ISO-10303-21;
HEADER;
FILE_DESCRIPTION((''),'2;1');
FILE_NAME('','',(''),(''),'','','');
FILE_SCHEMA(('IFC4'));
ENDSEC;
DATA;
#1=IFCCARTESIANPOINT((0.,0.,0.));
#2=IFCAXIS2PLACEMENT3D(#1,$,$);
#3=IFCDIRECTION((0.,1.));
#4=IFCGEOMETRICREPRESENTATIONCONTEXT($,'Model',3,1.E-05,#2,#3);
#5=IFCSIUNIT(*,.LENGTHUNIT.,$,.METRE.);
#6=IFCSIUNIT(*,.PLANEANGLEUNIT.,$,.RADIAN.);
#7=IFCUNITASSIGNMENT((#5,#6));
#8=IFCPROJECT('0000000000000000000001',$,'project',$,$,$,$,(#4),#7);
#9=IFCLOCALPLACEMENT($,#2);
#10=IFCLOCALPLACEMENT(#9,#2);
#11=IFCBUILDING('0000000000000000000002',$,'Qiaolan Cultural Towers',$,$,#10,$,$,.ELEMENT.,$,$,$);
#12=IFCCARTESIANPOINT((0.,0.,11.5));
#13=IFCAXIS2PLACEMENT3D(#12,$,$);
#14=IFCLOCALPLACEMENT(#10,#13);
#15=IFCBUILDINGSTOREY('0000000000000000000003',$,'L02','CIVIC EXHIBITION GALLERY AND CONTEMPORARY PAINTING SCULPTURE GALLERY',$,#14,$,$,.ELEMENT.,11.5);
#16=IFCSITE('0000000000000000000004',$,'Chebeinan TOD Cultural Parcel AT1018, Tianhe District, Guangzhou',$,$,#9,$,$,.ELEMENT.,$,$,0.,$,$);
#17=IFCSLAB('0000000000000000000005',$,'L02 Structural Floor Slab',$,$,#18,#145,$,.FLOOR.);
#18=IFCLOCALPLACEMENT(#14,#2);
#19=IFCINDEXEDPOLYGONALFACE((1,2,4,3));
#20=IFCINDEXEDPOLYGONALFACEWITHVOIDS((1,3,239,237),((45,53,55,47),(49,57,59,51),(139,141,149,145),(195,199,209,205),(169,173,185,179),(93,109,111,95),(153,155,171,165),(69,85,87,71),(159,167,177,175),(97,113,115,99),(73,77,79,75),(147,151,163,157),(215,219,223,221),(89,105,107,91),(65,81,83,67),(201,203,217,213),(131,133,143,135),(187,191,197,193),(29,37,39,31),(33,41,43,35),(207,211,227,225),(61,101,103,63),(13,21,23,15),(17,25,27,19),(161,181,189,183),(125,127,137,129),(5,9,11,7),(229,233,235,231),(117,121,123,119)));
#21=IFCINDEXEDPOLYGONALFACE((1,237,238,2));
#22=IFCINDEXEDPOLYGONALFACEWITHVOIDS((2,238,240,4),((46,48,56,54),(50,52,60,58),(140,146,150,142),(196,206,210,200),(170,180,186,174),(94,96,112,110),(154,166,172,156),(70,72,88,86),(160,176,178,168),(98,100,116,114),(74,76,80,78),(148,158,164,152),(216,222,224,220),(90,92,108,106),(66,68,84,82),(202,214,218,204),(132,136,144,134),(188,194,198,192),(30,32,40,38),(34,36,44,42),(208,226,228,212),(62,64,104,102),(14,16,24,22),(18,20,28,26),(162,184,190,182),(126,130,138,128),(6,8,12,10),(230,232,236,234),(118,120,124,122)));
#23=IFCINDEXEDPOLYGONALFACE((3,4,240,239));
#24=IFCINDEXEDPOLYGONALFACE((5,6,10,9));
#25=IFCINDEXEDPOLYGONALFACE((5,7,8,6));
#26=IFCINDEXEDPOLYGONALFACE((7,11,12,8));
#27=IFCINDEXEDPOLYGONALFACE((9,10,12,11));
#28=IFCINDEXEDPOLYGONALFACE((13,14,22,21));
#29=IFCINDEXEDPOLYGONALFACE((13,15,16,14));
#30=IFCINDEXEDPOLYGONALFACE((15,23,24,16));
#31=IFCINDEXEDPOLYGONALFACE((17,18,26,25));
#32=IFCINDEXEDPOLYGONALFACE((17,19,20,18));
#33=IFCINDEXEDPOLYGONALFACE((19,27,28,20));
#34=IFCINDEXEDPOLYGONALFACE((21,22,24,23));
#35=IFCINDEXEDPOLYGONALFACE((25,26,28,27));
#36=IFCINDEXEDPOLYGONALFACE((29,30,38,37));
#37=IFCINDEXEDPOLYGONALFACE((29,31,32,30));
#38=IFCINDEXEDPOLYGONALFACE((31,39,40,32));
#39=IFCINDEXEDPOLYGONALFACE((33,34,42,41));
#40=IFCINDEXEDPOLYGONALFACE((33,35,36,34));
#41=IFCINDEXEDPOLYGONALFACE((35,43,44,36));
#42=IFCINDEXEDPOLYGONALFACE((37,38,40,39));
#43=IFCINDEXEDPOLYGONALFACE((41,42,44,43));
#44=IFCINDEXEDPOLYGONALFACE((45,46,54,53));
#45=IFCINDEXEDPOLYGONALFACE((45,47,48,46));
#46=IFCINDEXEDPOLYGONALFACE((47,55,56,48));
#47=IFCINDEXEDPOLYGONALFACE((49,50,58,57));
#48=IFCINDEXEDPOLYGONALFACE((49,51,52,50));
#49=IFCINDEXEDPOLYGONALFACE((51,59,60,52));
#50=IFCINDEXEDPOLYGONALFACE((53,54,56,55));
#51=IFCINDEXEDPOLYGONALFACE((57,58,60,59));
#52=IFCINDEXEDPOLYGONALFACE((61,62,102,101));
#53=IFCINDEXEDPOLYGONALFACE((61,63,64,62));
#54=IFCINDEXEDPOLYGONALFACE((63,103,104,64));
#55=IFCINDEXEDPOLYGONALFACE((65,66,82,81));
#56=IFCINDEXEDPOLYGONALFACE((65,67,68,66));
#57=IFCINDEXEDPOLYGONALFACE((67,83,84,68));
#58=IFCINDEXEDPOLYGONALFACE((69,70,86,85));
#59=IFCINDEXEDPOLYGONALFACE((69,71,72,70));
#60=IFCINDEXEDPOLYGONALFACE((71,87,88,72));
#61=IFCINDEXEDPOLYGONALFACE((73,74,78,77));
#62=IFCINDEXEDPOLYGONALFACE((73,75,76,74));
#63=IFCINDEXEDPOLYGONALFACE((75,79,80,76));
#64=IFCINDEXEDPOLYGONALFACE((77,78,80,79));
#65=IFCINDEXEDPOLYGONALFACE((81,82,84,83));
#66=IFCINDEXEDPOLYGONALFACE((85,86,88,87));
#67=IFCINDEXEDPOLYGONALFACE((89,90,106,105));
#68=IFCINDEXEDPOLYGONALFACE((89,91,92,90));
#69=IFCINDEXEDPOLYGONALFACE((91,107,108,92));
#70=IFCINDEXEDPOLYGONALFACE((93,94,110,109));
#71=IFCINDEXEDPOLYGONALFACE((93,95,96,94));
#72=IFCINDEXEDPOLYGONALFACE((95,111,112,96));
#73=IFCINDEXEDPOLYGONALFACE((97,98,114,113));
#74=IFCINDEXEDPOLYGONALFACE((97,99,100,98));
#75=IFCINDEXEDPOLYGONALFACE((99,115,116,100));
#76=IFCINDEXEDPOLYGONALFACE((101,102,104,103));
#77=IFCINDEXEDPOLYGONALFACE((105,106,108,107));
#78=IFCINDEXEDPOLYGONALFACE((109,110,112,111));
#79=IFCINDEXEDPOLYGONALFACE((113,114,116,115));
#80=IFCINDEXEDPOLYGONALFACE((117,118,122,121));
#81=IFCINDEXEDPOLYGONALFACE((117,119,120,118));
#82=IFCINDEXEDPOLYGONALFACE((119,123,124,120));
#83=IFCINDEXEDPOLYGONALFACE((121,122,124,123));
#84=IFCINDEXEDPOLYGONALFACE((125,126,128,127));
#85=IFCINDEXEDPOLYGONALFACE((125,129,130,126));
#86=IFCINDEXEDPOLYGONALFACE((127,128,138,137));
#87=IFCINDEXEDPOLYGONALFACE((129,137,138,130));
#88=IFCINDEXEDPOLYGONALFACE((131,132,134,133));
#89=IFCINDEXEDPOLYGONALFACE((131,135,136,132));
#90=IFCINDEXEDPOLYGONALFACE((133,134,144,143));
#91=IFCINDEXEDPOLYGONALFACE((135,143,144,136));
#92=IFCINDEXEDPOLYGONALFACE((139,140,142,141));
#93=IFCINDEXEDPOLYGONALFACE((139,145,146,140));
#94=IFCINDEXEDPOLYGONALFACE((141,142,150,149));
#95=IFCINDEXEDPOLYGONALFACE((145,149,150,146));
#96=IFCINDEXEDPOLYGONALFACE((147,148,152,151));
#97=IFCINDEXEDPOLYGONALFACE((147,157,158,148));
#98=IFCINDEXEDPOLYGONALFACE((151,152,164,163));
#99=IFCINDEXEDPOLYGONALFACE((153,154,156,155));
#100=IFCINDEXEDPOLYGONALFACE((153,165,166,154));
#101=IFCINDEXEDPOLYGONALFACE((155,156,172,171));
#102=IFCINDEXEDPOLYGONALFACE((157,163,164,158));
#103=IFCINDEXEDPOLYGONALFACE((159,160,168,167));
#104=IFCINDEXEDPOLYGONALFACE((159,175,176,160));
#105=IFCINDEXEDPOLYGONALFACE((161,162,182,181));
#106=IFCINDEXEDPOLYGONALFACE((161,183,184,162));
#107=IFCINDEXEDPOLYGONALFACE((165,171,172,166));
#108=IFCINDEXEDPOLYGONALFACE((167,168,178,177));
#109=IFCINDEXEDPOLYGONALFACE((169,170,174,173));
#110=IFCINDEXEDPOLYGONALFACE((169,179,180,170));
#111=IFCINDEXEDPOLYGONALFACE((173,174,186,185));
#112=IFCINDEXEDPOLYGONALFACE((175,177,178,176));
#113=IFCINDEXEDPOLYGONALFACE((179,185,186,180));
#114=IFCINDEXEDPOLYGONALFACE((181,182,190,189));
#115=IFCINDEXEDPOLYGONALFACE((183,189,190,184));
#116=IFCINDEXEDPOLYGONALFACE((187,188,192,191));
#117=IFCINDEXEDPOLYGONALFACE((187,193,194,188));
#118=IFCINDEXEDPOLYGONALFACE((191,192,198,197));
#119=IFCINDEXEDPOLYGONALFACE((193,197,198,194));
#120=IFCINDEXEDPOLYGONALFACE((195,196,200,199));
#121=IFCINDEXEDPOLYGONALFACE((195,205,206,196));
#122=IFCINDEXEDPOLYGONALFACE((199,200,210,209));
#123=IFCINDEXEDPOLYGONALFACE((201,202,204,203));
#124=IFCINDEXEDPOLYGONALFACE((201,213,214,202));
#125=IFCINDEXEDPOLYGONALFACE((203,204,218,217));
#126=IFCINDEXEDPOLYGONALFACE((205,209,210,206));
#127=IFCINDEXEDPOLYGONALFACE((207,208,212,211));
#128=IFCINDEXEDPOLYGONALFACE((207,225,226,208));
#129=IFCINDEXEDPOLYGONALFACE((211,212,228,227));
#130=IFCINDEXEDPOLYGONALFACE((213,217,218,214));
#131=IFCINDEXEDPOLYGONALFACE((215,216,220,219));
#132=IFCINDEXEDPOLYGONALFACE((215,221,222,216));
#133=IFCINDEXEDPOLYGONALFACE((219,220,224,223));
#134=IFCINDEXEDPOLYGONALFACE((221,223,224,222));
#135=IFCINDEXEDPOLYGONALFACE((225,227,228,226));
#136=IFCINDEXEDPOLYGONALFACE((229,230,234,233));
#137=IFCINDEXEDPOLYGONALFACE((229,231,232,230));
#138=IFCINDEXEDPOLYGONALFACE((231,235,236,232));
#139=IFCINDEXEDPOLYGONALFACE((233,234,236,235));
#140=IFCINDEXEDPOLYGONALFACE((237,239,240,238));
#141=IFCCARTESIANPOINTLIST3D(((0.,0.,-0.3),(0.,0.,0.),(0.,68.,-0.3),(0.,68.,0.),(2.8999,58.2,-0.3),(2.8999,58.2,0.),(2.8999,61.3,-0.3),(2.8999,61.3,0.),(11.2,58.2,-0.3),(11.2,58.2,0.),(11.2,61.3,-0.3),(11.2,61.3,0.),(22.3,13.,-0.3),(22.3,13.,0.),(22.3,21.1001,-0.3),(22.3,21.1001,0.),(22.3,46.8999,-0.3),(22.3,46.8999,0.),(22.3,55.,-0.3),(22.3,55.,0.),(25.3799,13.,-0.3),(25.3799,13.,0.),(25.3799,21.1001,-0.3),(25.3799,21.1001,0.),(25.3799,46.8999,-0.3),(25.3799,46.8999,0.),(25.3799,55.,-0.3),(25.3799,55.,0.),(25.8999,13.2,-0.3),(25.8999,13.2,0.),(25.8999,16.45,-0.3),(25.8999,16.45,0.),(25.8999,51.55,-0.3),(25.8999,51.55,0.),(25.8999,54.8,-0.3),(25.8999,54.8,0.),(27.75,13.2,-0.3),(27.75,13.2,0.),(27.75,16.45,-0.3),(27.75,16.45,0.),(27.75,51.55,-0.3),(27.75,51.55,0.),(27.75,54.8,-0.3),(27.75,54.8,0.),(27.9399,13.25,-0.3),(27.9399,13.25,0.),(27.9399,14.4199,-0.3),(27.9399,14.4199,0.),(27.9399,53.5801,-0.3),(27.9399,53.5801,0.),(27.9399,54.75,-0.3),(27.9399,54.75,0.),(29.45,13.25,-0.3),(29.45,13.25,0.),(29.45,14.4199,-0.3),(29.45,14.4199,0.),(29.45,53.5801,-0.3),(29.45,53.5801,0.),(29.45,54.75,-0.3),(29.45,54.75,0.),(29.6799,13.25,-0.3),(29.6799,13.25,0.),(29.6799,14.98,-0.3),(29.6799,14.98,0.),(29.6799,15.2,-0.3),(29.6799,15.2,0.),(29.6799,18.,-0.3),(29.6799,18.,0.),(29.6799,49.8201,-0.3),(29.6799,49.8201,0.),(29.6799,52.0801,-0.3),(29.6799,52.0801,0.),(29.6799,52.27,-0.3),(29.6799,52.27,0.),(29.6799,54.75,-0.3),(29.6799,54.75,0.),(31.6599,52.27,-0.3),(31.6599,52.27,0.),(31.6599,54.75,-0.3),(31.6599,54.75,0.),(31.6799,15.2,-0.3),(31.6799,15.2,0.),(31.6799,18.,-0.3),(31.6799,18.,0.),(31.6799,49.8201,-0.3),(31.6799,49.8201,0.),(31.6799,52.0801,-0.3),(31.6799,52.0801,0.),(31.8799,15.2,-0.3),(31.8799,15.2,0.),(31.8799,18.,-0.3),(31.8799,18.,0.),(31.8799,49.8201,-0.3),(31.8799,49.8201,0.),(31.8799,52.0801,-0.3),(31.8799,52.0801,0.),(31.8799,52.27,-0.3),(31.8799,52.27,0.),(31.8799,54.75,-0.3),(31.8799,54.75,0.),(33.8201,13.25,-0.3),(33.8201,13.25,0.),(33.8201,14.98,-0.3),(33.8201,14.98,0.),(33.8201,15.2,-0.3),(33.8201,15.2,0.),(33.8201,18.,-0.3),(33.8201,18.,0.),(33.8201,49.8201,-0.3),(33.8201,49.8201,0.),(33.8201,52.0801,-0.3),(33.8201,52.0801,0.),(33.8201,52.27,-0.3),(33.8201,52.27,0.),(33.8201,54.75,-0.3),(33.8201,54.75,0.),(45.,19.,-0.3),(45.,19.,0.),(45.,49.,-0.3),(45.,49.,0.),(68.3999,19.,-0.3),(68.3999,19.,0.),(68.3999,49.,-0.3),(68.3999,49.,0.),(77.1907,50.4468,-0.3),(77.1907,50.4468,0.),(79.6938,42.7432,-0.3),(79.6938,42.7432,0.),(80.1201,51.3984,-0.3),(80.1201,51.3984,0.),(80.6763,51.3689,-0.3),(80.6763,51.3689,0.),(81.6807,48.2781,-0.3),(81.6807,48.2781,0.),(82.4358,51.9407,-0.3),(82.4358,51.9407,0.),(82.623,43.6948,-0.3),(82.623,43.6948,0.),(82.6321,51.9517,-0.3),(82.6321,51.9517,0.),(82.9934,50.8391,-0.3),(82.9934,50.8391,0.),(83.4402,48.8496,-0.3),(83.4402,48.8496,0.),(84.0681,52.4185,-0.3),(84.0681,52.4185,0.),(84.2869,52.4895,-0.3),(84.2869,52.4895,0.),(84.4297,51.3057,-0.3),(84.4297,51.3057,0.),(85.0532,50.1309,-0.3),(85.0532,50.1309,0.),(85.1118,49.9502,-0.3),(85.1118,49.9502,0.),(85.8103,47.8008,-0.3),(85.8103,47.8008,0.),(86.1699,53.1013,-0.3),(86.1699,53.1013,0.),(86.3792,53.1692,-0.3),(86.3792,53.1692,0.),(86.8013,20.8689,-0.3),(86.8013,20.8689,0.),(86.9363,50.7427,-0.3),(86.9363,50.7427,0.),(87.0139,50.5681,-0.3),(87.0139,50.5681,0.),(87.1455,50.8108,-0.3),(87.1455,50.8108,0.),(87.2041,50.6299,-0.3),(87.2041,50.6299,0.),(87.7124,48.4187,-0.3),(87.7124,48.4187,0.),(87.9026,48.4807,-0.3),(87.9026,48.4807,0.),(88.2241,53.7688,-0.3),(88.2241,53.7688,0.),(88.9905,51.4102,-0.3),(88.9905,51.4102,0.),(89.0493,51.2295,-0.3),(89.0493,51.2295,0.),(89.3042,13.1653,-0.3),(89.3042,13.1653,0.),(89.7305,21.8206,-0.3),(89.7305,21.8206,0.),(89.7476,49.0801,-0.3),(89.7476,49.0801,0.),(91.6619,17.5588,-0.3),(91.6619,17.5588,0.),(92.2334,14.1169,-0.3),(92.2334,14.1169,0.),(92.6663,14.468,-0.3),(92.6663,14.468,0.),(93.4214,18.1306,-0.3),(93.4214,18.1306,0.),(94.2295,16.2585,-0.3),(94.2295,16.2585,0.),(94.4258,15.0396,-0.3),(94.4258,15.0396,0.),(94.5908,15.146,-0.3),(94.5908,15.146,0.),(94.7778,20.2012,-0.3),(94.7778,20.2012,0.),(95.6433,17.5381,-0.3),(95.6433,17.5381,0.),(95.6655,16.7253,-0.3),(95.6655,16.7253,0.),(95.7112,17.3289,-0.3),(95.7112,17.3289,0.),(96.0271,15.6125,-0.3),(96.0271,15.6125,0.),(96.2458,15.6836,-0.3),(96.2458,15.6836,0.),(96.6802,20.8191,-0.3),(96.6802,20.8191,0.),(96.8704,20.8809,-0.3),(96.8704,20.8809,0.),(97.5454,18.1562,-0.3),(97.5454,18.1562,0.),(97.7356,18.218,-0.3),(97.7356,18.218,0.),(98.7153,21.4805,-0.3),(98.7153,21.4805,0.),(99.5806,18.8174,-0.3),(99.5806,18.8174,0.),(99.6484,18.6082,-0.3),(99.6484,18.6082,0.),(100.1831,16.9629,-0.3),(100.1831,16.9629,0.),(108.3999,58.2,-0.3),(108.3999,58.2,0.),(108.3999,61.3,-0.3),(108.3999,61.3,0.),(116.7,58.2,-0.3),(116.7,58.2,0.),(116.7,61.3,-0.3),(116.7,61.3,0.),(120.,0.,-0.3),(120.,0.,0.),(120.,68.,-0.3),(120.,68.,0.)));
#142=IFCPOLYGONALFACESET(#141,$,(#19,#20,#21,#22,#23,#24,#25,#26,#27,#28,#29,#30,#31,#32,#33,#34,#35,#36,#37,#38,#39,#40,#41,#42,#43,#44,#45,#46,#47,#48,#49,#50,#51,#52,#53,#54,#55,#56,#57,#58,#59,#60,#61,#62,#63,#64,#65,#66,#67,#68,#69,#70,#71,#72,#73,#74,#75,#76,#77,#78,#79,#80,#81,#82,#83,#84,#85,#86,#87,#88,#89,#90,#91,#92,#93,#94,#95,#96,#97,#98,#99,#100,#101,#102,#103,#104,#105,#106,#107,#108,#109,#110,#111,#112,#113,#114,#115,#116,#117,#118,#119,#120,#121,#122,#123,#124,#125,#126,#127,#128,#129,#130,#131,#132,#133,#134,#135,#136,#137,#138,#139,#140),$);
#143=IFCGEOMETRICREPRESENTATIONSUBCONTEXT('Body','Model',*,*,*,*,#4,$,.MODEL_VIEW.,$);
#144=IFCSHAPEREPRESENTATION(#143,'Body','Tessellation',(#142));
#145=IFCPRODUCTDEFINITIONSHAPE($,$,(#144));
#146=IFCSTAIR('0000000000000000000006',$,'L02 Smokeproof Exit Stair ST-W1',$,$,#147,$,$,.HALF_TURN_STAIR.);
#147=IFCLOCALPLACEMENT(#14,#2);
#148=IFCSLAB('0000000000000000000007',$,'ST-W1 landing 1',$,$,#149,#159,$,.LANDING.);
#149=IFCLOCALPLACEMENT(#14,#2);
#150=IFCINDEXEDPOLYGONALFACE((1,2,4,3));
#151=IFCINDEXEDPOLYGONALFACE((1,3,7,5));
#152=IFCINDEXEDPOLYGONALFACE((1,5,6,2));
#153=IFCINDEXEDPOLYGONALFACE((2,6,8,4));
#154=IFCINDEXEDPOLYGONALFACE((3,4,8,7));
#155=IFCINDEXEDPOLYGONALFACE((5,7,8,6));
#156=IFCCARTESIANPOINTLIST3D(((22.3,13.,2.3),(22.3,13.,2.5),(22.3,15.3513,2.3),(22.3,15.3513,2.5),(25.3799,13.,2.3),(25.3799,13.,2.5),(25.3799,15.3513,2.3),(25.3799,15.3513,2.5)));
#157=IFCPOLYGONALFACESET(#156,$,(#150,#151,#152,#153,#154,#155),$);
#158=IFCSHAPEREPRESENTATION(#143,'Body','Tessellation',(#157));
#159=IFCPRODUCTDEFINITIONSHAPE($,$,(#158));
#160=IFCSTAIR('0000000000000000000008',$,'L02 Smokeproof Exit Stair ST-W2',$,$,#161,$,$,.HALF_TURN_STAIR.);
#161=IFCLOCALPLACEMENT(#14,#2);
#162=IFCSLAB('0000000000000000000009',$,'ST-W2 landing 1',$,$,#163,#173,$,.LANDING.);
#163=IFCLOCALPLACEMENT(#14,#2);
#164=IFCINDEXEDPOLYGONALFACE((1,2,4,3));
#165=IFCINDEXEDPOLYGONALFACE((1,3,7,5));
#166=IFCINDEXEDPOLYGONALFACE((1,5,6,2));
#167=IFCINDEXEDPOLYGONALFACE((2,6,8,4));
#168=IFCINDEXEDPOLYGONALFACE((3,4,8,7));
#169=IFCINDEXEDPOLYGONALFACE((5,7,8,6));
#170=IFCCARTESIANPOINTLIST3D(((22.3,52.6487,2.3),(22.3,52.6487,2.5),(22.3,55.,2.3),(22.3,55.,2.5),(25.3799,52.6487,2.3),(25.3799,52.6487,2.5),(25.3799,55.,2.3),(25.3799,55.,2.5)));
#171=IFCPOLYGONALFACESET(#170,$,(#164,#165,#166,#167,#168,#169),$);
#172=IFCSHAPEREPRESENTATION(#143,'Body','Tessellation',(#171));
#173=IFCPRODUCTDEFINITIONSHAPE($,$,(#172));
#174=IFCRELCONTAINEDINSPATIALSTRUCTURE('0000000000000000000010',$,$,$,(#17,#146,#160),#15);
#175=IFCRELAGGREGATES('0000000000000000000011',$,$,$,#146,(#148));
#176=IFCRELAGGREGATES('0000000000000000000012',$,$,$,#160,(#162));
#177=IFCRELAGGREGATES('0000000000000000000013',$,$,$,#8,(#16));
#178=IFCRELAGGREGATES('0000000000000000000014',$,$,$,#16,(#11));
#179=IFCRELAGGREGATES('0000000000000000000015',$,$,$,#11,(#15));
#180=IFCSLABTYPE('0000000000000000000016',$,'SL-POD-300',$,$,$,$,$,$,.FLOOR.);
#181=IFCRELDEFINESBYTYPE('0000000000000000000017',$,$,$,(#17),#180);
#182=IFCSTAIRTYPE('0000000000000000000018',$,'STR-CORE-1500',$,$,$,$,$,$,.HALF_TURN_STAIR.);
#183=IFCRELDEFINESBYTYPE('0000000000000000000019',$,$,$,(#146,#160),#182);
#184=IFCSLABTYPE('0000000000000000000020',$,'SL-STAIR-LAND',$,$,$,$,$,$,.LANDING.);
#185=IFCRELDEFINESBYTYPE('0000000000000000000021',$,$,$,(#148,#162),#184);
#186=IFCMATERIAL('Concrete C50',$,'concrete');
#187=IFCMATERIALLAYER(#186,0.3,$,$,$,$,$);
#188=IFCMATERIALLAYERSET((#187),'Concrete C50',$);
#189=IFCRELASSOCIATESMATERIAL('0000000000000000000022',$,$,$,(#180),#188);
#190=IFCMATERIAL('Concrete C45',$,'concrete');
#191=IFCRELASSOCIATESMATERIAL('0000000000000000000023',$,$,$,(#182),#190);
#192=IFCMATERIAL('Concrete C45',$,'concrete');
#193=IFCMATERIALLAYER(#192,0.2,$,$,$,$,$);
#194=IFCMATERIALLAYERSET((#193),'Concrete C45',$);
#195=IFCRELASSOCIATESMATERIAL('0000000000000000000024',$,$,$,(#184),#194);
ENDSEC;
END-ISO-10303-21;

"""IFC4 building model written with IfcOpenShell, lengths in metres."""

from ifc_helpers import new_model, si_unit, direction, frame, origin, place, context, subcontext, project, spatial, polyline, outline, extrude, material, layer, layer_set, type_object, element, aggregate, save


model = new_model("IFC4")

# Units and contexts
model_context = context("Model", 3, precision=1e-05, world=origin(), true_north=direction((0.0, 1.0)))
body_context = subcontext(model_context, "Body", "Model", "MODEL_VIEW")
ifc_project = project(units=[si_unit("LENGTHUNIT", "METRE"), si_unit("PLANEANGLEUNIT", "RADIAN")], contexts=[model_context])

# Site, building, storey
site_placement = place(None, origin())
site = spatial("IfcSite", under=ifc_project, at=site_placement, Name="Chebeinan TOD Cultural Parcel AT1018, Tianhe District, Guangzhou", CompositionType="ELEMENT", RefElevation=0.0)
building_placement = place(site_placement, origin())
building = spatial("IfcBuilding", under=site, at=building_placement, Name="Qiaolan Cultural Towers", CompositionType="ELEMENT")
storey_placement = place(building_placement, frame((0.0, 0.0, 11.5)))
storey = spatial("IfcBuildingStorey", under=building, at=storey_placement, Name="L02", Description="CIVIC EXHIBITION GALLERY AND CONTEMPORARY PAINTING SCULPTURE GALLERY", CompositionType="ELEMENT", Elevation=11.5)

# Slab
ifc_material_1 = material(Name="Concrete C50", Category="concrete")
ifc_layer_1 = layer(ifc_material_1, 0.3)
ifc_layer_set_1 = layer_set([ifc_layer_1], Name="Concrete C50")
slab_type_1 = type_object("IfcSlabType", Name="SL-POD-300", PredefinedType="FLOOR", material=ifc_layer_set_1)
slab_1_placement = place(storey_placement, frame((0.0, 0.0, -0.3)))
element("IfcSlab", 1, at=slab_1_placement, inside=storey, type_object=slab_type_1, Name="L02 Structural Floor Slab", PredefinedType="FLOOR", context=body_context, shape_type="SweptSolid", body=[
    extrude(outline(polyline([(0.0, 0.0), (120.0, 0.0), (120.0, 68.0), (0.0, 68.0), (0.0, 0.0)]), holes=[polyline([(22.3, 21.1001), (22.3, 13.0), (25.3799, 13.0), (25.3799, 21.1001), (22.3, 21.1001)]), polyline([(25.3799, 46.8999), (25.3799, 55.0), (22.3, 55.0), (22.3, 46.8999), (25.3799, 46.8999)]), polyline([(86.8013, 20.8689), (89.3042, 13.1653), (92.2334, 14.1169), (89.7305, 21.8206), (86.8013, 20.8689)]), polyline([(82.623, 43.6948), (80.1201, 51.3984), (77.1907, 50.4468), (79.6938, 42.7432), (82.623, 43.6948)]), polyline([(2.8999, 58.2), (11.2, 58.2), (11.2, 61.3), (2.8999, 61.3), (2.8999, 58.2)]), polyline([(108.3999, 58.2), (116.7, 58.2), (116.7, 61.3), (108.3999, 61.3), (108.3999, 58.2)]), polyline([(25.8999, 13.2), (27.75, 13.2), (27.75, 16.45), (25.8999, 16.45), (25.8999, 13.2)]), polyline([(27.9399, 13.25), (29.45, 13.25), (29.45, 14.4199), (27.9399, 14.4199), (27.9399, 13.25)]), polyline([(29.6799, 15.2), (31.6799, 15.2), (31.6799, 18.0), (29.6799, 18.0), (29.6799, 15.2)]), polyline([(31.8799, 15.2), (33.8201, 15.2), (33.8201, 18.0), (31.8799, 18.0), (31.8799, 15.2)]), polyline([(29.6799, 13.25), (33.8201, 13.25), (33.8201, 14.98), (29.6799, 14.98), (29.6799, 13.25)]), polyline([(25.8999, 51.55), (27.75, 51.55), (27.75, 54.8), (25.8999, 54.8), (25.8999, 51.55)]), polyline([(27.9399, 53.5801), (29.45, 53.5801), (29.45, 54.75), (27.9399, 54.75), (27.9399, 53.5801)]), polyline([(29.6799, 49.8201), (31.6799, 49.8201), (31.6799, 52.0801), (29.6799, 52.0801), (29.6799, 49.8201)]), polyline([(31.8799, 49.8201), (33.8201, 49.8201), (33.8201, 52.0801), (31.8799, 52.0801), (31.8799, 49.8201)]), polyline([(29.6799, 52.27), (31.6599, 52.27), (31.6599, 54.75), (29.6799, 54.75), (29.6799, 52.27)]), polyline([(31.8799, 52.27), (33.8201, 52.27), (33.8201, 54.75), (31.8799, 54.75), (31.8799, 52.27)]), polyline([(92.6663, 14.468), (94.4258, 15.0396), (93.4214, 18.1306), (91.6619, 17.5588), (92.6663, 14.468)]), polyline([(94.5908, 15.146), (96.0271, 15.6125), (95.6655, 16.7253), (94.2295, 16.2585), (94.5908, 15.146)]), polyline([(95.6433, 17.5381), (97.5454, 18.1562), (96.6802, 20.8191), (94.7778, 20.2012), (95.6433, 17.5381)]), polyline([(97.7356, 18.218), (99.5806, 18.8174), (98.7153, 21.4805), (96.8704, 20.8809), (97.7356, 18.218)]), polyline([(96.2458, 15.6836), (100.1831, 16.9629), (99.6484, 18.6082), (95.7112, 17.3289), (96.2458, 15.6836)]), polyline([(81.6807, 48.2781), (83.4402, 48.8496), (82.4358, 51.9407), (80.6763, 51.3689), (81.6807, 48.2781)]), polyline([(82.9934, 50.8391), (84.4297, 51.3057), (84.0681, 52.4185), (82.6321, 51.9517), (82.9934, 50.8391)]), polyline([(85.8103, 47.8008), (87.7124, 48.4187), (87.0139, 50.5681), (85.1118, 49.9502), (85.8103, 47.8008)]), polyline([(87.9026, 48.4807), (89.7476, 49.0801), (89.0493, 51.2295), (87.2041, 50.6299), (87.9026, 48.4807)]), polyline([(85.0532, 50.1309), (86.9363, 50.7427), (86.1699, 53.1013), (84.2869, 52.4895), (85.0532, 50.1309)]), polyline([(87.1455, 50.8108), (88.9905, 51.4102), (88.2241, 53.7688), (86.3792, 53.1692), (87.1455, 50.8108)]), polyline([(45.0, 19.0), (68.3999, 19.0), (68.3999, 49.0), (45.0, 49.0), (45.0, 19.0)])]), origin(), (0.0, 0.0, 1.0), 0.3),
])

# Stairs, slabs
ifc_material_2 = material(Name="Concrete C45", Category="concrete")
stair_type_1 = type_object("IfcStairType", Name="STR-CORE-1500", PredefinedType="HALF_TURN_STAIR", material=ifc_material_2)
stair_1_placement = place(storey_placement, origin())
stair_1 = element("IfcStair", 2, at=stair_1_placement, inside=storey, type_object=stair_type_1, Name="L02 Smokeproof Exit Stair ST-W1", PredefinedType="HALF_TURN_STAIR")
ifc_material_3 = material(Name="Concrete C45", Category="concrete")
ifc_layer_2 = layer(ifc_material_3, 0.2)
ifc_layer_set_2 = layer_set([ifc_layer_2], Name="Concrete C45")
slab_type_2 = type_object("IfcSlabType", Name="SL-STAIR-LAND", PredefinedType="LANDING", material=ifc_layer_set_2)
slab_2_placement = place(storey_placement, frame((0.0, 0.0, 2.3)))
slab_2 = element("IfcSlab", 3, at=slab_2_placement, type_object=slab_type_2, Name="ST-W1 landing 1", PredefinedType="LANDING", context=body_context, shape_type="SweptSolid", body=[
    extrude(outline(polyline([(22.3, 15.3513), (22.3, 13.0), (25.3799, 13.0), (25.3799, 15.3513), (22.3, 15.3513)])), origin(), (0.0, 0.0, 1.0), 0.2),
])
aggregate(stair_1, [slab_2])
stair_2_placement = place(storey_placement, origin())
stair_2 = element("IfcStair", 4, at=stair_2_placement, inside=storey, type_object=stair_type_1, Name="L02 Smokeproof Exit Stair ST-W2", PredefinedType="HALF_TURN_STAIR")
slab_3_placement = place(storey_placement, frame((0.0, 0.0, 2.3)))
slab_3 = element("IfcSlab", 5, at=slab_3_placement, type_object=slab_type_2, Name="ST-W2 landing 1", PredefinedType="LANDING", context=body_context, shape_type="SweptSolid", body=[
    extrude(outline(polyline([(25.3799, 52.6487), (25.3799, 55.0), (22.3, 55.0), (22.3, 52.6487), (25.3799, 52.6487)])), origin(), (0.0, 0.0, 1.0), 0.2),
])
aggregate(stair_2, [slab_3])

save(model, "model.ifc")
